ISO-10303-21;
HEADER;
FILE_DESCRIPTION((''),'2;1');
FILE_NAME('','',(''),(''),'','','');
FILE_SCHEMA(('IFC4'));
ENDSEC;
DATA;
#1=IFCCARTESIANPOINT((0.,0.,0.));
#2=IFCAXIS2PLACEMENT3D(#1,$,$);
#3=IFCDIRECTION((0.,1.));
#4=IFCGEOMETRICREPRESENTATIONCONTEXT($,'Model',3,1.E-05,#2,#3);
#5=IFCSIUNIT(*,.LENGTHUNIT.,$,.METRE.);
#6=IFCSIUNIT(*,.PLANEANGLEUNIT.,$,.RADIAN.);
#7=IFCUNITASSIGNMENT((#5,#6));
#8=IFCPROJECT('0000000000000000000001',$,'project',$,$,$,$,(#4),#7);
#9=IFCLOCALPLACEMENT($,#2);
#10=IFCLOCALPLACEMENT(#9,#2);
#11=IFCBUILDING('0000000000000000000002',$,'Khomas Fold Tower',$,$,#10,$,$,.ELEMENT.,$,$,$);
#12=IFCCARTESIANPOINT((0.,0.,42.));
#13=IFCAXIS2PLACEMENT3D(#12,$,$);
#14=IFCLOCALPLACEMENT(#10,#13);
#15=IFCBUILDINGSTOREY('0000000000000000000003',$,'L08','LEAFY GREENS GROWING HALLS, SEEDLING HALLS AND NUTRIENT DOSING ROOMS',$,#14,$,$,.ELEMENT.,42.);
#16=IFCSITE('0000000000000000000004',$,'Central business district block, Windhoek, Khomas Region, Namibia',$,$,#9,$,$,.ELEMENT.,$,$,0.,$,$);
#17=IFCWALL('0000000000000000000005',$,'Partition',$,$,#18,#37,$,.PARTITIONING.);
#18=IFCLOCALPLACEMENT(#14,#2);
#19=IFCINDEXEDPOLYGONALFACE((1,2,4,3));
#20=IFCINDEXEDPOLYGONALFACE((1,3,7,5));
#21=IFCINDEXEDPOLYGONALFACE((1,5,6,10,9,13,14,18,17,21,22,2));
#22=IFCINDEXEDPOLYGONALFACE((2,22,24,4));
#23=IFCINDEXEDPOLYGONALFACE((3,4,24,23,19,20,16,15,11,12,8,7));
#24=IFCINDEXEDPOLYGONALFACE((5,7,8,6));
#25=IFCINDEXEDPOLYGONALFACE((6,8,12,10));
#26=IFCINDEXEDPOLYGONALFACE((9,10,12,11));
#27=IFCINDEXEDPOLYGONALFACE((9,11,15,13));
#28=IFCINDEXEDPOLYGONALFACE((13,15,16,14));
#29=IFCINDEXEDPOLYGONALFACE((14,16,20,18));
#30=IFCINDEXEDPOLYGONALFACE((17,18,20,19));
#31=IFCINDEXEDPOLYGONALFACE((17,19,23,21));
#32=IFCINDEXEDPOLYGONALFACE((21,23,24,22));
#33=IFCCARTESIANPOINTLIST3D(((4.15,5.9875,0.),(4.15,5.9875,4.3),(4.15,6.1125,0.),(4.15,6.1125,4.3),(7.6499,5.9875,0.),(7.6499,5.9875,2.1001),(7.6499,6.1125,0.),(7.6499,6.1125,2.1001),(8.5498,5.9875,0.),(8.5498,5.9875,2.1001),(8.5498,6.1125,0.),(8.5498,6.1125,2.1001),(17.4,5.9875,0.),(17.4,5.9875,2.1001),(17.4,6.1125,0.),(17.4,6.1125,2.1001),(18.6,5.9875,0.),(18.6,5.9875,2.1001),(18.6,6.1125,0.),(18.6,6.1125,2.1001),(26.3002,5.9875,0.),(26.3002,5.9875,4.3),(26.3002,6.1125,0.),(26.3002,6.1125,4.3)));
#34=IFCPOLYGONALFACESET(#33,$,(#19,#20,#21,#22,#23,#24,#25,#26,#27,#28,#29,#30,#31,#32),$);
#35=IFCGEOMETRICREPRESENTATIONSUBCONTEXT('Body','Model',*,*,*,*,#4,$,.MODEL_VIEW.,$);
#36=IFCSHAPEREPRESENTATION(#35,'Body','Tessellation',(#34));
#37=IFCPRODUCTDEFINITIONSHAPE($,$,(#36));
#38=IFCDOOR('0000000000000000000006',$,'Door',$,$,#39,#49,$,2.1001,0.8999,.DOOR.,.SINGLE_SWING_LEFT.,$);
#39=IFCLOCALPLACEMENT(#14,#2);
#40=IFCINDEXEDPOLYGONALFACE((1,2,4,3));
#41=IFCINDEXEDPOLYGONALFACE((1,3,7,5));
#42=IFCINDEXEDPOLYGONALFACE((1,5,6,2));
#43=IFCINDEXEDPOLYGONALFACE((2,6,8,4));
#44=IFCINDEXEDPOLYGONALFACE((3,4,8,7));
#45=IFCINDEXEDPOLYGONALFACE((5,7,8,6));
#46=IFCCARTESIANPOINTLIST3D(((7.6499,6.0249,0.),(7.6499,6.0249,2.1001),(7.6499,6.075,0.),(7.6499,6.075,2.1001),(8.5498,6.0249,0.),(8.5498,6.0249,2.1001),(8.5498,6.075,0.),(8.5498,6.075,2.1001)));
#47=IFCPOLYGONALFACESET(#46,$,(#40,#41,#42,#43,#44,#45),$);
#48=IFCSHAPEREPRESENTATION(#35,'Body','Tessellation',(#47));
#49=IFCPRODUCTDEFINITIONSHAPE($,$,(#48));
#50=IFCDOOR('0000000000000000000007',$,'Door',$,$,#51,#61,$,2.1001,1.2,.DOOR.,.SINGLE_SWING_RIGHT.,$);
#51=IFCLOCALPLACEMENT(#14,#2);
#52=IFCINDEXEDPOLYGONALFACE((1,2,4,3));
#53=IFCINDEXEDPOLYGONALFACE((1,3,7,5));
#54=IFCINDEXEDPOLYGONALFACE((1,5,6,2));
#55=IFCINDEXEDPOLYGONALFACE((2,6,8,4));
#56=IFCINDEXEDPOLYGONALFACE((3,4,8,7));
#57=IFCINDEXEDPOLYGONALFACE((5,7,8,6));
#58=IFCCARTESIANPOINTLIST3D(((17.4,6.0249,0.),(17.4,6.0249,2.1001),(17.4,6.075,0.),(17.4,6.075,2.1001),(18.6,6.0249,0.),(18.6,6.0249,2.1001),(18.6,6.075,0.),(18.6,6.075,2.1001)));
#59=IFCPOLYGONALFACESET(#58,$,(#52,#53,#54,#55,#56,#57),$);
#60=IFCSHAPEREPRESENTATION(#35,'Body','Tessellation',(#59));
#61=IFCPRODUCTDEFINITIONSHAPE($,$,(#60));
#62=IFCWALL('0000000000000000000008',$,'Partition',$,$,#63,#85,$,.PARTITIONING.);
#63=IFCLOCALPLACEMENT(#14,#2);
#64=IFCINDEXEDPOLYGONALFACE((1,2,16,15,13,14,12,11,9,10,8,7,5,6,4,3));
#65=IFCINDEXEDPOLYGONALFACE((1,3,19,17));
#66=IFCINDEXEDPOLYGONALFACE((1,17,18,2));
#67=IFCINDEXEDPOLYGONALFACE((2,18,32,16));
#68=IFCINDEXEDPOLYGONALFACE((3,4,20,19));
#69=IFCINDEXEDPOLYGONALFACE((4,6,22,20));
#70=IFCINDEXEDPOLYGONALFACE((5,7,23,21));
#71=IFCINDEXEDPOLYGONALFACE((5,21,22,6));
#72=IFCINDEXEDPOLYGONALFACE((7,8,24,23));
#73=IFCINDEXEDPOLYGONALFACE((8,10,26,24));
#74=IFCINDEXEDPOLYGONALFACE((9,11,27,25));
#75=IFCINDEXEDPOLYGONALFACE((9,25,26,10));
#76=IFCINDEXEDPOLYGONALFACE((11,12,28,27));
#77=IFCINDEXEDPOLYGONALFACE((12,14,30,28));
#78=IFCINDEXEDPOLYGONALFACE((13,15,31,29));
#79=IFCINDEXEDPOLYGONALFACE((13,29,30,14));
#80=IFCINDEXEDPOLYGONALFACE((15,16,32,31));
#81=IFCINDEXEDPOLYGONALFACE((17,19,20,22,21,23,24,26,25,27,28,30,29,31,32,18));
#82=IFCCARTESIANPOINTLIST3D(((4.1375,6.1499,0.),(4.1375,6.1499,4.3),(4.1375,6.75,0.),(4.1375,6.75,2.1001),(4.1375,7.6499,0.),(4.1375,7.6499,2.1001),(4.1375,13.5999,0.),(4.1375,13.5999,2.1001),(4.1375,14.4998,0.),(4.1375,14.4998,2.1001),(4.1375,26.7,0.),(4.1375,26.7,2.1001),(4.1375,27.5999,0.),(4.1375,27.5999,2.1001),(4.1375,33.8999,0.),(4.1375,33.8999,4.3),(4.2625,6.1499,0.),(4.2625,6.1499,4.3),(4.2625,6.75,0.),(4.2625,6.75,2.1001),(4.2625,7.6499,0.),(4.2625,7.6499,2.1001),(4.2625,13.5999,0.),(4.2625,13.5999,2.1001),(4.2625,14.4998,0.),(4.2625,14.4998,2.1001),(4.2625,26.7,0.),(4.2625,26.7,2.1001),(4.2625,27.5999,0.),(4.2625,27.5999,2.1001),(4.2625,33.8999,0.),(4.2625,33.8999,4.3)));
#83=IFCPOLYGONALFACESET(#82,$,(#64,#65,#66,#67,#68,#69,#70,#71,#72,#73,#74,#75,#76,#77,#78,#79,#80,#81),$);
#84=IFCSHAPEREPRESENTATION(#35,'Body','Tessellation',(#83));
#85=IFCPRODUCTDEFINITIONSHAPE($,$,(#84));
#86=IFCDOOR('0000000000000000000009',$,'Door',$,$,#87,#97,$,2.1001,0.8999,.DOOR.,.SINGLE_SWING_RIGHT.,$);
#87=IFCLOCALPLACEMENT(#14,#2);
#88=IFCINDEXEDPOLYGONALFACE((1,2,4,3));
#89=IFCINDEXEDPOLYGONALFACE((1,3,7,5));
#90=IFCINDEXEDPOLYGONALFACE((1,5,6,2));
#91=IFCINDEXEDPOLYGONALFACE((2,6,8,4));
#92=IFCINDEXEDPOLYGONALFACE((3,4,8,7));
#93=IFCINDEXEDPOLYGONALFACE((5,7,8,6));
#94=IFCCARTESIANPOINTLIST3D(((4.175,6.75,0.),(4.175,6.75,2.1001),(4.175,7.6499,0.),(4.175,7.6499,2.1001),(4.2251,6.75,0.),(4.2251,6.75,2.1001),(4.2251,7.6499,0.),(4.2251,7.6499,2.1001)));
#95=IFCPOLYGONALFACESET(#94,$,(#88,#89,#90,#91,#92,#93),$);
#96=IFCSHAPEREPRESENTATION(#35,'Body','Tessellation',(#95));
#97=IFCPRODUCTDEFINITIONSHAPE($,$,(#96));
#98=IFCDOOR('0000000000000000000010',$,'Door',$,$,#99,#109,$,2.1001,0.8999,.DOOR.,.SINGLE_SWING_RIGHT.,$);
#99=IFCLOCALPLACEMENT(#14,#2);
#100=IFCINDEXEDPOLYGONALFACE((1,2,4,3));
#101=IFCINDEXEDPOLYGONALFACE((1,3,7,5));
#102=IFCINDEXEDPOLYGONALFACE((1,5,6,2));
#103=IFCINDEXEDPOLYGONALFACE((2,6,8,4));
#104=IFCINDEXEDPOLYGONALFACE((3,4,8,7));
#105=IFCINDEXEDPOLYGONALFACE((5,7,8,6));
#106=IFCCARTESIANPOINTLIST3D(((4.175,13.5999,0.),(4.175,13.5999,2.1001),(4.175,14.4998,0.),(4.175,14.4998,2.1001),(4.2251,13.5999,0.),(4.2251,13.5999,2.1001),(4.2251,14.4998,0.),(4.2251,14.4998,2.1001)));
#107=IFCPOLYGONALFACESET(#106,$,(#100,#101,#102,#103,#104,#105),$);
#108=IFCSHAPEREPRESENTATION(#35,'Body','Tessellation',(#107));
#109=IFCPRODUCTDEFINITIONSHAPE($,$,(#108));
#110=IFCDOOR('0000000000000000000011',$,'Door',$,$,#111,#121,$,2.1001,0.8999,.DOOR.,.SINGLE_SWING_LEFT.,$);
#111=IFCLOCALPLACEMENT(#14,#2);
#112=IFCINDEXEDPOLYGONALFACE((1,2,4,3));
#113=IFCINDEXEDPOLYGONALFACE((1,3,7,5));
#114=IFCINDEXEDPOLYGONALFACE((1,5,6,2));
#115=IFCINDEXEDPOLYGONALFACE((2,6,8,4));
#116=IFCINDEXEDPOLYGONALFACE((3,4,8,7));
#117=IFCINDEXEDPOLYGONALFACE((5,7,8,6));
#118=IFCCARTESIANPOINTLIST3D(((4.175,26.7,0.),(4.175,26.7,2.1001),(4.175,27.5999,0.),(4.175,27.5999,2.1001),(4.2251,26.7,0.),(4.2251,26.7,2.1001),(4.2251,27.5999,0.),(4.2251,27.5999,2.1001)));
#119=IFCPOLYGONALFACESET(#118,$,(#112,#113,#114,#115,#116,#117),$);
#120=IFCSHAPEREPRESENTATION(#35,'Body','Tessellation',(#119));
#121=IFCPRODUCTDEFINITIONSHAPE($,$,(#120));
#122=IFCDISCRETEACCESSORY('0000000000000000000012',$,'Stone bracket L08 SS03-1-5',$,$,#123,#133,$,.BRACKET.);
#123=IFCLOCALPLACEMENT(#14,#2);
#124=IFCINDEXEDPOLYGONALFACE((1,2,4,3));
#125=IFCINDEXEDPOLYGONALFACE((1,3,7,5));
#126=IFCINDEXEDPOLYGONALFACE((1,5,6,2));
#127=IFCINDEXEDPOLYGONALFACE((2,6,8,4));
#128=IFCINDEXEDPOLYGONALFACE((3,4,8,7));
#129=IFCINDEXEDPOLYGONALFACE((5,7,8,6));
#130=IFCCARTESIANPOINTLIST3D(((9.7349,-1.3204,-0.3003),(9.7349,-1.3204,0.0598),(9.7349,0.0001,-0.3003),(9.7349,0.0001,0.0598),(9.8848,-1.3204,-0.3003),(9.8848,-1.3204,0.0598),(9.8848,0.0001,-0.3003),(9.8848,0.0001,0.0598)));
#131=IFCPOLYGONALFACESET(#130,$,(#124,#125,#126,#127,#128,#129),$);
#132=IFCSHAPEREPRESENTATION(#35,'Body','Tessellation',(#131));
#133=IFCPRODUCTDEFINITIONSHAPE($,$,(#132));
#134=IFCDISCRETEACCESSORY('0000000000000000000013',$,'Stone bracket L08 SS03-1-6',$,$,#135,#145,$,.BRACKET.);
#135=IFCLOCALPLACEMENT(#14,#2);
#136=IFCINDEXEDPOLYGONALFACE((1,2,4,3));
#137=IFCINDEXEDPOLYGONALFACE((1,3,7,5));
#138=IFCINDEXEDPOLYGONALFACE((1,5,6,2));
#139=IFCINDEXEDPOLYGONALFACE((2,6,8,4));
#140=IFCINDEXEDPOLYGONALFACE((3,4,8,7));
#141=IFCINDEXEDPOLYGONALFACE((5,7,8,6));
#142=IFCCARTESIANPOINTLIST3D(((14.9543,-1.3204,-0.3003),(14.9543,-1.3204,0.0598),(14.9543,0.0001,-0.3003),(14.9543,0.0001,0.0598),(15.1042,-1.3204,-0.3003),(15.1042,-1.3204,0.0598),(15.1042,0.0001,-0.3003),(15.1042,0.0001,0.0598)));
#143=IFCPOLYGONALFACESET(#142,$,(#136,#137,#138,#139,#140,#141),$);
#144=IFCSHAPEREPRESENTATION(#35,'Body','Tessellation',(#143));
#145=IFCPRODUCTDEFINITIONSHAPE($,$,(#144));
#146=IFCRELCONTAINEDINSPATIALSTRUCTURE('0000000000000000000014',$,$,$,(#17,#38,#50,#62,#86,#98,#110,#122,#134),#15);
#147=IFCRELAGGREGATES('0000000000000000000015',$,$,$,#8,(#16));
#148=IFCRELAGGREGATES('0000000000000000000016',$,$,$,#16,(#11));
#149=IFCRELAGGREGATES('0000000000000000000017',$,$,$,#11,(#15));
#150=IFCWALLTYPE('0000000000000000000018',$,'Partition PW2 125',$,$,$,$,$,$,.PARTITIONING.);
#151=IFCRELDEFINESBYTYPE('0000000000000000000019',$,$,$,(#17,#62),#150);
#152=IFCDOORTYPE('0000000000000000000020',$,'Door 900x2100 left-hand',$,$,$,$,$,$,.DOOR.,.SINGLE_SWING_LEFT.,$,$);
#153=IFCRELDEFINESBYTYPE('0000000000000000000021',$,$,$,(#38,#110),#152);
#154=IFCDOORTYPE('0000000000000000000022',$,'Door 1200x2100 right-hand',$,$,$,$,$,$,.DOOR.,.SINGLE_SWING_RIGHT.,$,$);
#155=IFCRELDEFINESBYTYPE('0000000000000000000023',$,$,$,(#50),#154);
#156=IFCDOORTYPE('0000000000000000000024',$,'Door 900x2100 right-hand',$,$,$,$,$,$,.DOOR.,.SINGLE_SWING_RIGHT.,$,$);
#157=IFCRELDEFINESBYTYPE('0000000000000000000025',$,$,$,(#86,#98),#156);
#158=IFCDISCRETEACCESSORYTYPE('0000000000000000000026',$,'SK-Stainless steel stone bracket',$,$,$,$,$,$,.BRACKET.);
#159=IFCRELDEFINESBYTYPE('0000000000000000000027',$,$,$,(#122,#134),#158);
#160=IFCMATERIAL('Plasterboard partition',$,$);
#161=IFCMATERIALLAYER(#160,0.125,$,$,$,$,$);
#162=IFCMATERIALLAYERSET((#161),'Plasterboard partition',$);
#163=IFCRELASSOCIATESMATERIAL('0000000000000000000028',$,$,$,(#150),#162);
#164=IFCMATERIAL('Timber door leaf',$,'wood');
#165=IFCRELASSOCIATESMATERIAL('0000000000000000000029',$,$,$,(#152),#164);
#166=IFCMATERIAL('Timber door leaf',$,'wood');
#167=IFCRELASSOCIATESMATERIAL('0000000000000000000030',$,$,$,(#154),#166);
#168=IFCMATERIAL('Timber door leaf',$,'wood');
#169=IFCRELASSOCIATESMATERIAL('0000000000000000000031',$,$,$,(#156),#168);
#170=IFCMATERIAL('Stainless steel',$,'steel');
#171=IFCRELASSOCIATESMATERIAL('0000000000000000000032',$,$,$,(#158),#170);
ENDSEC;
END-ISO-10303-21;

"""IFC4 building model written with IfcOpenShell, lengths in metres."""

from ifc_helpers import new_model, si_unit, direction, frame, frame_2d, origin, origin_2d, place, context, subcontext, project, spatial, rectangle, extrude, source, transform, mapped, material, layer, layer_set, type_object, element, fill, save


model = new_model("IFC4")

# Units and contexts
model_context = context("Model", 3, precision=1e-05, world=origin(), true_north=direction((0.0, 1.0)))
body_context = subcontext(model_context, "Body", "Model", "MODEL_VIEW")
ifc_project = project(units=[si_unit("LENGTHUNIT", "METRE"), si_unit("PLANEANGLEUNIT", "RADIAN")], contexts=[model_context])

# Site, building, storey
site_placement = place(None, origin())
site = spatial("IfcSite", under=ifc_project, at=site_placement, Name="Central business district block, Windhoek, Khomas Region, Namibia", CompositionType="ELEMENT", RefElevation=0.0)
building_placement = place(site_placement, origin())
building = spatial("IfcBuilding", under=site, at=building_placement, Name="Khomas Fold Tower", CompositionType="ELEMENT")
storey_placement = place(building_placement, frame((0.0, 0.0, 42.0)))
storey = spatial("IfcBuildingStorey", under=building, at=storey_placement, Name="L08", Description="LEAFY GREENS GROWING HALLS, SEEDLING HALLS AND NUTRIENT DOSING ROOMS", CompositionType="ELEMENT", Elevation=42.0)

# Walls, openings, doors
ifc_material_1 = material(Name="Plasterboard partition")
ifc_layer_1 = layer(ifc_material_1, 0.125)
ifc_layer_set_1 = layer_set([ifc_layer_1], Name="Plasterboard partition")
wall_type_1 = type_object("IfcWallType", Name="Partition PW2 125", PredefinedType="PARTITIONING", material=ifc_layer_set_1)
shared_shape_1 = source(origin(), body_context, "Body", "SweptSolid", [
    extrude(rectangle(XDim=22.1501, YDim=0.125, at=frame_2d((11.0752, 0.0))), origin(), (0.0, 0.0, 1.0), 4.3),
])
wall_1_placement = place(storey_placement, frame((4.1499, 6.05, 0.0), z_axis=(0.0, 0.0, 1.0), x_axis=(1.0, 0.0, 0.0)))
wall_1 = element("IfcWall", 1, at=wall_1_placement, inside=storey, type_object=wall_type_1, Name="Partition", PredefinedType="PARTITIONING", context=body_context, shape_type="MappedRepresentation", body=[
    mapped(shared_shape_1, transform((0.0, 0.0, 0.0))),
])
shared_shape_2 = source(origin(), body_context, "Body", "SweptSolid", [
    extrude(rectangle(XDim=0.8999, YDim=2.1001, at=frame_2d((0.45, 1.05))), frame((0.0, 0.0725, 0.0), z_axis=(0.0, -1.0, 0.0), x_axis=(1.0, 0.0, 0.0)), (0.0, 0.0, 1.0), 0.145),
])
opening_1_placement = place(wall_1_placement, frame((3.5, 0.0, 0.0)))
opening_1 = element("IfcOpeningElement", 2, at=opening_1_placement, cuts=wall_1, PredefinedType="OPENING", context=body_context, shape_type="MappedRepresentation", body=[
    mapped(shared_shape_2, transform((0.0, 0.0, 0.0))),
])
shared_shape_3 = source(origin(), body_context, "Body", "SweptSolid", [
    extrude(rectangle(XDim=1.2, YDim=2.1001, at=frame_2d((0.6001, 1.05))), frame((0.0, 0.0725, 0.0), z_axis=(0.0, -1.0, 0.0), x_axis=(1.0, 0.0, 0.0)), (0.0, 0.0, 1.0), 0.145),
])
opening_2_placement = place(wall_1_placement, frame((13.25, 0.0, 0.0)))
opening_2 = element("IfcOpeningElement", 3, at=opening_2_placement, cuts=wall_1, PredefinedType="OPENING", context=body_context, shape_type="MappedRepresentation", body=[
    mapped(shared_shape_3, transform((0.0, 0.0, 0.0))),
])
ifc_material_2 = material(Name="Timber door leaf", Category="wood")
door_type_1 = type_object("IfcDoorType", Name="Door 900x2100 left-hand", OperationType="SINGLE_SWING_LEFT", PredefinedType="DOOR", material=ifc_material_2)
shared_shape_4 = source(origin(), body_context, "Body", "SweptSolid", [
    extrude(rectangle(XDim=0.8999, YDim=2.1001, at=frame_2d((0.45, 1.05))), frame((0.0, 0.0249, 0.0), z_axis=(0.0, -1.0, 0.0), x_axis=(1.0, 0.0, 0.0)), (0.0, 0.0, 1.0), 0.05),
])
door_1_placement = place(opening_1_placement, origin())
door_1 = element("IfcDoor", 4, at=door_1_placement, inside=storey, type_object=door_type_1, Name="Door", OperationType="SINGLE_SWING_LEFT", OverallHeight=2.1001, OverallWidth=0.8999, PredefinedType="DOOR", context=body_context, shape_type="MappedRepresentation", body=[
    mapped(shared_shape_4, transform((0.0, 0.0, 0.0))),
])
fill(opening_1, door_1)
ifc_material_3 = material(Name="Timber door leaf", Category="wood")
door_type_2 = type_object("IfcDoorType", Name="Door 1200x2100 right-hand", OperationType="SINGLE_SWING_RIGHT", PredefinedType="DOOR", material=ifc_material_3)
shared_shape_5 = source(origin(), body_context, "Body", "SweptSolid", [
    extrude(rectangle(XDim=1.2, YDim=2.1001, at=frame_2d((0.6001, 1.05))), frame((0.0, 0.0249, 0.0), z_axis=(0.0, -1.0, 0.0), x_axis=(1.0, 0.0, 0.0)), (0.0, 0.0, 1.0), 0.05),
])
door_2_placement = place(opening_2_placement, origin())
door_2 = element("IfcDoor", 5, at=door_2_placement, inside=storey, type_object=door_type_2, Name="Door", OperationType="SINGLE_SWING_RIGHT", OverallHeight=2.1001, OverallWidth=1.2, PredefinedType="DOOR", context=body_context, shape_type="MappedRepresentation", body=[
    mapped(shared_shape_5, transform((0.0, 0.0, 0.0))),
])
fill(opening_2, door_2)
shared_shape_6 = source(origin(), body_context, "Body", "SweptSolid", [
    extrude(rectangle(XDim=27.75, YDim=0.125, at=frame_2d((13.875, 0.0))), origin(), (0.0, 0.0, 1.0), 4.3),
])
wall_2_placement = place(storey_placement, frame((4.2, 6.1499, 0.0), z_axis=(0.0, 0.0, 1.0), x_axis=(0.0, 1.0, 0.0)))
wall_2 = element("IfcWall", 6, at=wall_2_placement, inside=storey, type_object=wall_type_1, Name="Partition", PredefinedType="PARTITIONING", context=body_context, shape_type="MappedRepresentation", body=[
    mapped(shared_shape_6, transform((0.0, 0.0, 0.0))),
])
opening_3_placement = place(wall_2_placement, frame((0.6001, 0.0, 0.0)))
opening_3 = element("IfcOpeningElement", 7, at=opening_3_placement, cuts=wall_2, PredefinedType="OPENING", context=body_context, shape_type="MappedRepresentation", body=[
    mapped(shared_shape_2, transform((0.0, 0.0, 0.0))),
])
opening_4_placement = place(wall_2_placement, frame((7.45, 0.0, 0.0)))
opening_4 = element("IfcOpeningElement", 8, at=opening_4_placement, cuts=wall_2, PredefinedType="OPENING", context=body_context, shape_type="MappedRepresentation", body=[
    mapped(shared_shape_2, transform((0.0, 0.0, 0.0))),
])
opening_5_placement = place(wall_2_placement, frame((20.55, 0.0, 0.0)))
opening_5 = element("IfcOpeningElement", 9, at=opening_5_placement, cuts=wall_2, PredefinedType="OPENING", context=body_context, shape_type="MappedRepresentation", body=[
    mapped(shared_shape_2, transform((0.0, 0.0, 0.0))),
])
ifc_material_4 = material(Name="Timber door leaf", Category="wood")
door_type_3 = type_object("IfcDoorType", Name="Door 900x2100 right-hand", OperationType="SINGLE_SWING_RIGHT", PredefinedType="DOOR", material=ifc_material_4)
door_3_placement = place(opening_3_placement, origin())
door_3 = element("IfcDoor", 10, at=door_3_placement, inside=storey, type_object=door_type_3, Name="Door", OperationType="SINGLE_SWING_RIGHT", OverallHeight=2.1001, OverallWidth=0.8999, PredefinedType="DOOR", context=body_context, shape_type="MappedRepresentation", body=[
    mapped(shared_shape_4, transform((0.0, 0.0, 0.0))),
])
fill(opening_3, door_3)
door_4_placement = place(opening_4_placement, origin())
door_4 = element("IfcDoor", 11, at=door_4_placement, inside=storey, type_object=door_type_3, Name="Door", OperationType="SINGLE_SWING_RIGHT", OverallHeight=2.1001, OverallWidth=0.8999, PredefinedType="DOOR", context=body_context, shape_type="MappedRepresentation", body=[
    mapped(shared_shape_4, transform((0.0, 0.0, 0.0))),
])
fill(opening_4, door_4)
door_5_placement = place(opening_5_placement, origin())
door_5 = element("IfcDoor", 12, at=door_5_placement, inside=storey, type_object=door_type_1, Name="Door", OperationType="SINGLE_SWING_LEFT", OverallHeight=2.1001, OverallWidth=0.8999, PredefinedType="DOOR", context=body_context, shape_type="MappedRepresentation", body=[
    mapped(shared_shape_4, transform((0.0, 0.0, 0.0))),
])
fill(opening_5, door_5)

# Discrete accessories
ifc_material_5 = material(Name="Stainless steel", Category="steel")
discrete_accessory_type = type_object("IfcDiscreteAccessoryType", Name="SK-Stainless steel stone bracket", PredefinedType="BRACKET", material=ifc_material_5)
shared_shape_7 = source(origin(), body_context, "Body", "SweptSolid", [
    extrude(rectangle(XDim=1.3206, YDim=0.1499, at=origin_2d()), origin(), (0.0, 0.0, 1.0), 0.3601),
])
for number, where, z_axis, x_axis, name in (
    (13, (9.8098, -0.6602, -0.3003), (0.0, 0.0, 1.0), (0.0, -1.0, 0.0), "Stone bracket L08 SS03-1-5"),
    (14, (15.0293, -0.6602, -0.3003), (0.0, 0.0, 1.0), (0.0, -1.0, 0.0), "Stone bracket L08 SS03-1-6"),
):
    element("IfcDiscreteAccessory", number, at=place(storey_placement, frame(where, z_axis=z_axis, x_axis=x_axis)), inside=storey, type_object=discrete_accessory_type, Name=name, PredefinedType="BRACKET", context=body_context, shape_type="MappedRepresentation", body=[
        mapped(shared_shape_7, transform((0.0, 0.0, 0.0))),
    ])

save(model, "model.ifc")
